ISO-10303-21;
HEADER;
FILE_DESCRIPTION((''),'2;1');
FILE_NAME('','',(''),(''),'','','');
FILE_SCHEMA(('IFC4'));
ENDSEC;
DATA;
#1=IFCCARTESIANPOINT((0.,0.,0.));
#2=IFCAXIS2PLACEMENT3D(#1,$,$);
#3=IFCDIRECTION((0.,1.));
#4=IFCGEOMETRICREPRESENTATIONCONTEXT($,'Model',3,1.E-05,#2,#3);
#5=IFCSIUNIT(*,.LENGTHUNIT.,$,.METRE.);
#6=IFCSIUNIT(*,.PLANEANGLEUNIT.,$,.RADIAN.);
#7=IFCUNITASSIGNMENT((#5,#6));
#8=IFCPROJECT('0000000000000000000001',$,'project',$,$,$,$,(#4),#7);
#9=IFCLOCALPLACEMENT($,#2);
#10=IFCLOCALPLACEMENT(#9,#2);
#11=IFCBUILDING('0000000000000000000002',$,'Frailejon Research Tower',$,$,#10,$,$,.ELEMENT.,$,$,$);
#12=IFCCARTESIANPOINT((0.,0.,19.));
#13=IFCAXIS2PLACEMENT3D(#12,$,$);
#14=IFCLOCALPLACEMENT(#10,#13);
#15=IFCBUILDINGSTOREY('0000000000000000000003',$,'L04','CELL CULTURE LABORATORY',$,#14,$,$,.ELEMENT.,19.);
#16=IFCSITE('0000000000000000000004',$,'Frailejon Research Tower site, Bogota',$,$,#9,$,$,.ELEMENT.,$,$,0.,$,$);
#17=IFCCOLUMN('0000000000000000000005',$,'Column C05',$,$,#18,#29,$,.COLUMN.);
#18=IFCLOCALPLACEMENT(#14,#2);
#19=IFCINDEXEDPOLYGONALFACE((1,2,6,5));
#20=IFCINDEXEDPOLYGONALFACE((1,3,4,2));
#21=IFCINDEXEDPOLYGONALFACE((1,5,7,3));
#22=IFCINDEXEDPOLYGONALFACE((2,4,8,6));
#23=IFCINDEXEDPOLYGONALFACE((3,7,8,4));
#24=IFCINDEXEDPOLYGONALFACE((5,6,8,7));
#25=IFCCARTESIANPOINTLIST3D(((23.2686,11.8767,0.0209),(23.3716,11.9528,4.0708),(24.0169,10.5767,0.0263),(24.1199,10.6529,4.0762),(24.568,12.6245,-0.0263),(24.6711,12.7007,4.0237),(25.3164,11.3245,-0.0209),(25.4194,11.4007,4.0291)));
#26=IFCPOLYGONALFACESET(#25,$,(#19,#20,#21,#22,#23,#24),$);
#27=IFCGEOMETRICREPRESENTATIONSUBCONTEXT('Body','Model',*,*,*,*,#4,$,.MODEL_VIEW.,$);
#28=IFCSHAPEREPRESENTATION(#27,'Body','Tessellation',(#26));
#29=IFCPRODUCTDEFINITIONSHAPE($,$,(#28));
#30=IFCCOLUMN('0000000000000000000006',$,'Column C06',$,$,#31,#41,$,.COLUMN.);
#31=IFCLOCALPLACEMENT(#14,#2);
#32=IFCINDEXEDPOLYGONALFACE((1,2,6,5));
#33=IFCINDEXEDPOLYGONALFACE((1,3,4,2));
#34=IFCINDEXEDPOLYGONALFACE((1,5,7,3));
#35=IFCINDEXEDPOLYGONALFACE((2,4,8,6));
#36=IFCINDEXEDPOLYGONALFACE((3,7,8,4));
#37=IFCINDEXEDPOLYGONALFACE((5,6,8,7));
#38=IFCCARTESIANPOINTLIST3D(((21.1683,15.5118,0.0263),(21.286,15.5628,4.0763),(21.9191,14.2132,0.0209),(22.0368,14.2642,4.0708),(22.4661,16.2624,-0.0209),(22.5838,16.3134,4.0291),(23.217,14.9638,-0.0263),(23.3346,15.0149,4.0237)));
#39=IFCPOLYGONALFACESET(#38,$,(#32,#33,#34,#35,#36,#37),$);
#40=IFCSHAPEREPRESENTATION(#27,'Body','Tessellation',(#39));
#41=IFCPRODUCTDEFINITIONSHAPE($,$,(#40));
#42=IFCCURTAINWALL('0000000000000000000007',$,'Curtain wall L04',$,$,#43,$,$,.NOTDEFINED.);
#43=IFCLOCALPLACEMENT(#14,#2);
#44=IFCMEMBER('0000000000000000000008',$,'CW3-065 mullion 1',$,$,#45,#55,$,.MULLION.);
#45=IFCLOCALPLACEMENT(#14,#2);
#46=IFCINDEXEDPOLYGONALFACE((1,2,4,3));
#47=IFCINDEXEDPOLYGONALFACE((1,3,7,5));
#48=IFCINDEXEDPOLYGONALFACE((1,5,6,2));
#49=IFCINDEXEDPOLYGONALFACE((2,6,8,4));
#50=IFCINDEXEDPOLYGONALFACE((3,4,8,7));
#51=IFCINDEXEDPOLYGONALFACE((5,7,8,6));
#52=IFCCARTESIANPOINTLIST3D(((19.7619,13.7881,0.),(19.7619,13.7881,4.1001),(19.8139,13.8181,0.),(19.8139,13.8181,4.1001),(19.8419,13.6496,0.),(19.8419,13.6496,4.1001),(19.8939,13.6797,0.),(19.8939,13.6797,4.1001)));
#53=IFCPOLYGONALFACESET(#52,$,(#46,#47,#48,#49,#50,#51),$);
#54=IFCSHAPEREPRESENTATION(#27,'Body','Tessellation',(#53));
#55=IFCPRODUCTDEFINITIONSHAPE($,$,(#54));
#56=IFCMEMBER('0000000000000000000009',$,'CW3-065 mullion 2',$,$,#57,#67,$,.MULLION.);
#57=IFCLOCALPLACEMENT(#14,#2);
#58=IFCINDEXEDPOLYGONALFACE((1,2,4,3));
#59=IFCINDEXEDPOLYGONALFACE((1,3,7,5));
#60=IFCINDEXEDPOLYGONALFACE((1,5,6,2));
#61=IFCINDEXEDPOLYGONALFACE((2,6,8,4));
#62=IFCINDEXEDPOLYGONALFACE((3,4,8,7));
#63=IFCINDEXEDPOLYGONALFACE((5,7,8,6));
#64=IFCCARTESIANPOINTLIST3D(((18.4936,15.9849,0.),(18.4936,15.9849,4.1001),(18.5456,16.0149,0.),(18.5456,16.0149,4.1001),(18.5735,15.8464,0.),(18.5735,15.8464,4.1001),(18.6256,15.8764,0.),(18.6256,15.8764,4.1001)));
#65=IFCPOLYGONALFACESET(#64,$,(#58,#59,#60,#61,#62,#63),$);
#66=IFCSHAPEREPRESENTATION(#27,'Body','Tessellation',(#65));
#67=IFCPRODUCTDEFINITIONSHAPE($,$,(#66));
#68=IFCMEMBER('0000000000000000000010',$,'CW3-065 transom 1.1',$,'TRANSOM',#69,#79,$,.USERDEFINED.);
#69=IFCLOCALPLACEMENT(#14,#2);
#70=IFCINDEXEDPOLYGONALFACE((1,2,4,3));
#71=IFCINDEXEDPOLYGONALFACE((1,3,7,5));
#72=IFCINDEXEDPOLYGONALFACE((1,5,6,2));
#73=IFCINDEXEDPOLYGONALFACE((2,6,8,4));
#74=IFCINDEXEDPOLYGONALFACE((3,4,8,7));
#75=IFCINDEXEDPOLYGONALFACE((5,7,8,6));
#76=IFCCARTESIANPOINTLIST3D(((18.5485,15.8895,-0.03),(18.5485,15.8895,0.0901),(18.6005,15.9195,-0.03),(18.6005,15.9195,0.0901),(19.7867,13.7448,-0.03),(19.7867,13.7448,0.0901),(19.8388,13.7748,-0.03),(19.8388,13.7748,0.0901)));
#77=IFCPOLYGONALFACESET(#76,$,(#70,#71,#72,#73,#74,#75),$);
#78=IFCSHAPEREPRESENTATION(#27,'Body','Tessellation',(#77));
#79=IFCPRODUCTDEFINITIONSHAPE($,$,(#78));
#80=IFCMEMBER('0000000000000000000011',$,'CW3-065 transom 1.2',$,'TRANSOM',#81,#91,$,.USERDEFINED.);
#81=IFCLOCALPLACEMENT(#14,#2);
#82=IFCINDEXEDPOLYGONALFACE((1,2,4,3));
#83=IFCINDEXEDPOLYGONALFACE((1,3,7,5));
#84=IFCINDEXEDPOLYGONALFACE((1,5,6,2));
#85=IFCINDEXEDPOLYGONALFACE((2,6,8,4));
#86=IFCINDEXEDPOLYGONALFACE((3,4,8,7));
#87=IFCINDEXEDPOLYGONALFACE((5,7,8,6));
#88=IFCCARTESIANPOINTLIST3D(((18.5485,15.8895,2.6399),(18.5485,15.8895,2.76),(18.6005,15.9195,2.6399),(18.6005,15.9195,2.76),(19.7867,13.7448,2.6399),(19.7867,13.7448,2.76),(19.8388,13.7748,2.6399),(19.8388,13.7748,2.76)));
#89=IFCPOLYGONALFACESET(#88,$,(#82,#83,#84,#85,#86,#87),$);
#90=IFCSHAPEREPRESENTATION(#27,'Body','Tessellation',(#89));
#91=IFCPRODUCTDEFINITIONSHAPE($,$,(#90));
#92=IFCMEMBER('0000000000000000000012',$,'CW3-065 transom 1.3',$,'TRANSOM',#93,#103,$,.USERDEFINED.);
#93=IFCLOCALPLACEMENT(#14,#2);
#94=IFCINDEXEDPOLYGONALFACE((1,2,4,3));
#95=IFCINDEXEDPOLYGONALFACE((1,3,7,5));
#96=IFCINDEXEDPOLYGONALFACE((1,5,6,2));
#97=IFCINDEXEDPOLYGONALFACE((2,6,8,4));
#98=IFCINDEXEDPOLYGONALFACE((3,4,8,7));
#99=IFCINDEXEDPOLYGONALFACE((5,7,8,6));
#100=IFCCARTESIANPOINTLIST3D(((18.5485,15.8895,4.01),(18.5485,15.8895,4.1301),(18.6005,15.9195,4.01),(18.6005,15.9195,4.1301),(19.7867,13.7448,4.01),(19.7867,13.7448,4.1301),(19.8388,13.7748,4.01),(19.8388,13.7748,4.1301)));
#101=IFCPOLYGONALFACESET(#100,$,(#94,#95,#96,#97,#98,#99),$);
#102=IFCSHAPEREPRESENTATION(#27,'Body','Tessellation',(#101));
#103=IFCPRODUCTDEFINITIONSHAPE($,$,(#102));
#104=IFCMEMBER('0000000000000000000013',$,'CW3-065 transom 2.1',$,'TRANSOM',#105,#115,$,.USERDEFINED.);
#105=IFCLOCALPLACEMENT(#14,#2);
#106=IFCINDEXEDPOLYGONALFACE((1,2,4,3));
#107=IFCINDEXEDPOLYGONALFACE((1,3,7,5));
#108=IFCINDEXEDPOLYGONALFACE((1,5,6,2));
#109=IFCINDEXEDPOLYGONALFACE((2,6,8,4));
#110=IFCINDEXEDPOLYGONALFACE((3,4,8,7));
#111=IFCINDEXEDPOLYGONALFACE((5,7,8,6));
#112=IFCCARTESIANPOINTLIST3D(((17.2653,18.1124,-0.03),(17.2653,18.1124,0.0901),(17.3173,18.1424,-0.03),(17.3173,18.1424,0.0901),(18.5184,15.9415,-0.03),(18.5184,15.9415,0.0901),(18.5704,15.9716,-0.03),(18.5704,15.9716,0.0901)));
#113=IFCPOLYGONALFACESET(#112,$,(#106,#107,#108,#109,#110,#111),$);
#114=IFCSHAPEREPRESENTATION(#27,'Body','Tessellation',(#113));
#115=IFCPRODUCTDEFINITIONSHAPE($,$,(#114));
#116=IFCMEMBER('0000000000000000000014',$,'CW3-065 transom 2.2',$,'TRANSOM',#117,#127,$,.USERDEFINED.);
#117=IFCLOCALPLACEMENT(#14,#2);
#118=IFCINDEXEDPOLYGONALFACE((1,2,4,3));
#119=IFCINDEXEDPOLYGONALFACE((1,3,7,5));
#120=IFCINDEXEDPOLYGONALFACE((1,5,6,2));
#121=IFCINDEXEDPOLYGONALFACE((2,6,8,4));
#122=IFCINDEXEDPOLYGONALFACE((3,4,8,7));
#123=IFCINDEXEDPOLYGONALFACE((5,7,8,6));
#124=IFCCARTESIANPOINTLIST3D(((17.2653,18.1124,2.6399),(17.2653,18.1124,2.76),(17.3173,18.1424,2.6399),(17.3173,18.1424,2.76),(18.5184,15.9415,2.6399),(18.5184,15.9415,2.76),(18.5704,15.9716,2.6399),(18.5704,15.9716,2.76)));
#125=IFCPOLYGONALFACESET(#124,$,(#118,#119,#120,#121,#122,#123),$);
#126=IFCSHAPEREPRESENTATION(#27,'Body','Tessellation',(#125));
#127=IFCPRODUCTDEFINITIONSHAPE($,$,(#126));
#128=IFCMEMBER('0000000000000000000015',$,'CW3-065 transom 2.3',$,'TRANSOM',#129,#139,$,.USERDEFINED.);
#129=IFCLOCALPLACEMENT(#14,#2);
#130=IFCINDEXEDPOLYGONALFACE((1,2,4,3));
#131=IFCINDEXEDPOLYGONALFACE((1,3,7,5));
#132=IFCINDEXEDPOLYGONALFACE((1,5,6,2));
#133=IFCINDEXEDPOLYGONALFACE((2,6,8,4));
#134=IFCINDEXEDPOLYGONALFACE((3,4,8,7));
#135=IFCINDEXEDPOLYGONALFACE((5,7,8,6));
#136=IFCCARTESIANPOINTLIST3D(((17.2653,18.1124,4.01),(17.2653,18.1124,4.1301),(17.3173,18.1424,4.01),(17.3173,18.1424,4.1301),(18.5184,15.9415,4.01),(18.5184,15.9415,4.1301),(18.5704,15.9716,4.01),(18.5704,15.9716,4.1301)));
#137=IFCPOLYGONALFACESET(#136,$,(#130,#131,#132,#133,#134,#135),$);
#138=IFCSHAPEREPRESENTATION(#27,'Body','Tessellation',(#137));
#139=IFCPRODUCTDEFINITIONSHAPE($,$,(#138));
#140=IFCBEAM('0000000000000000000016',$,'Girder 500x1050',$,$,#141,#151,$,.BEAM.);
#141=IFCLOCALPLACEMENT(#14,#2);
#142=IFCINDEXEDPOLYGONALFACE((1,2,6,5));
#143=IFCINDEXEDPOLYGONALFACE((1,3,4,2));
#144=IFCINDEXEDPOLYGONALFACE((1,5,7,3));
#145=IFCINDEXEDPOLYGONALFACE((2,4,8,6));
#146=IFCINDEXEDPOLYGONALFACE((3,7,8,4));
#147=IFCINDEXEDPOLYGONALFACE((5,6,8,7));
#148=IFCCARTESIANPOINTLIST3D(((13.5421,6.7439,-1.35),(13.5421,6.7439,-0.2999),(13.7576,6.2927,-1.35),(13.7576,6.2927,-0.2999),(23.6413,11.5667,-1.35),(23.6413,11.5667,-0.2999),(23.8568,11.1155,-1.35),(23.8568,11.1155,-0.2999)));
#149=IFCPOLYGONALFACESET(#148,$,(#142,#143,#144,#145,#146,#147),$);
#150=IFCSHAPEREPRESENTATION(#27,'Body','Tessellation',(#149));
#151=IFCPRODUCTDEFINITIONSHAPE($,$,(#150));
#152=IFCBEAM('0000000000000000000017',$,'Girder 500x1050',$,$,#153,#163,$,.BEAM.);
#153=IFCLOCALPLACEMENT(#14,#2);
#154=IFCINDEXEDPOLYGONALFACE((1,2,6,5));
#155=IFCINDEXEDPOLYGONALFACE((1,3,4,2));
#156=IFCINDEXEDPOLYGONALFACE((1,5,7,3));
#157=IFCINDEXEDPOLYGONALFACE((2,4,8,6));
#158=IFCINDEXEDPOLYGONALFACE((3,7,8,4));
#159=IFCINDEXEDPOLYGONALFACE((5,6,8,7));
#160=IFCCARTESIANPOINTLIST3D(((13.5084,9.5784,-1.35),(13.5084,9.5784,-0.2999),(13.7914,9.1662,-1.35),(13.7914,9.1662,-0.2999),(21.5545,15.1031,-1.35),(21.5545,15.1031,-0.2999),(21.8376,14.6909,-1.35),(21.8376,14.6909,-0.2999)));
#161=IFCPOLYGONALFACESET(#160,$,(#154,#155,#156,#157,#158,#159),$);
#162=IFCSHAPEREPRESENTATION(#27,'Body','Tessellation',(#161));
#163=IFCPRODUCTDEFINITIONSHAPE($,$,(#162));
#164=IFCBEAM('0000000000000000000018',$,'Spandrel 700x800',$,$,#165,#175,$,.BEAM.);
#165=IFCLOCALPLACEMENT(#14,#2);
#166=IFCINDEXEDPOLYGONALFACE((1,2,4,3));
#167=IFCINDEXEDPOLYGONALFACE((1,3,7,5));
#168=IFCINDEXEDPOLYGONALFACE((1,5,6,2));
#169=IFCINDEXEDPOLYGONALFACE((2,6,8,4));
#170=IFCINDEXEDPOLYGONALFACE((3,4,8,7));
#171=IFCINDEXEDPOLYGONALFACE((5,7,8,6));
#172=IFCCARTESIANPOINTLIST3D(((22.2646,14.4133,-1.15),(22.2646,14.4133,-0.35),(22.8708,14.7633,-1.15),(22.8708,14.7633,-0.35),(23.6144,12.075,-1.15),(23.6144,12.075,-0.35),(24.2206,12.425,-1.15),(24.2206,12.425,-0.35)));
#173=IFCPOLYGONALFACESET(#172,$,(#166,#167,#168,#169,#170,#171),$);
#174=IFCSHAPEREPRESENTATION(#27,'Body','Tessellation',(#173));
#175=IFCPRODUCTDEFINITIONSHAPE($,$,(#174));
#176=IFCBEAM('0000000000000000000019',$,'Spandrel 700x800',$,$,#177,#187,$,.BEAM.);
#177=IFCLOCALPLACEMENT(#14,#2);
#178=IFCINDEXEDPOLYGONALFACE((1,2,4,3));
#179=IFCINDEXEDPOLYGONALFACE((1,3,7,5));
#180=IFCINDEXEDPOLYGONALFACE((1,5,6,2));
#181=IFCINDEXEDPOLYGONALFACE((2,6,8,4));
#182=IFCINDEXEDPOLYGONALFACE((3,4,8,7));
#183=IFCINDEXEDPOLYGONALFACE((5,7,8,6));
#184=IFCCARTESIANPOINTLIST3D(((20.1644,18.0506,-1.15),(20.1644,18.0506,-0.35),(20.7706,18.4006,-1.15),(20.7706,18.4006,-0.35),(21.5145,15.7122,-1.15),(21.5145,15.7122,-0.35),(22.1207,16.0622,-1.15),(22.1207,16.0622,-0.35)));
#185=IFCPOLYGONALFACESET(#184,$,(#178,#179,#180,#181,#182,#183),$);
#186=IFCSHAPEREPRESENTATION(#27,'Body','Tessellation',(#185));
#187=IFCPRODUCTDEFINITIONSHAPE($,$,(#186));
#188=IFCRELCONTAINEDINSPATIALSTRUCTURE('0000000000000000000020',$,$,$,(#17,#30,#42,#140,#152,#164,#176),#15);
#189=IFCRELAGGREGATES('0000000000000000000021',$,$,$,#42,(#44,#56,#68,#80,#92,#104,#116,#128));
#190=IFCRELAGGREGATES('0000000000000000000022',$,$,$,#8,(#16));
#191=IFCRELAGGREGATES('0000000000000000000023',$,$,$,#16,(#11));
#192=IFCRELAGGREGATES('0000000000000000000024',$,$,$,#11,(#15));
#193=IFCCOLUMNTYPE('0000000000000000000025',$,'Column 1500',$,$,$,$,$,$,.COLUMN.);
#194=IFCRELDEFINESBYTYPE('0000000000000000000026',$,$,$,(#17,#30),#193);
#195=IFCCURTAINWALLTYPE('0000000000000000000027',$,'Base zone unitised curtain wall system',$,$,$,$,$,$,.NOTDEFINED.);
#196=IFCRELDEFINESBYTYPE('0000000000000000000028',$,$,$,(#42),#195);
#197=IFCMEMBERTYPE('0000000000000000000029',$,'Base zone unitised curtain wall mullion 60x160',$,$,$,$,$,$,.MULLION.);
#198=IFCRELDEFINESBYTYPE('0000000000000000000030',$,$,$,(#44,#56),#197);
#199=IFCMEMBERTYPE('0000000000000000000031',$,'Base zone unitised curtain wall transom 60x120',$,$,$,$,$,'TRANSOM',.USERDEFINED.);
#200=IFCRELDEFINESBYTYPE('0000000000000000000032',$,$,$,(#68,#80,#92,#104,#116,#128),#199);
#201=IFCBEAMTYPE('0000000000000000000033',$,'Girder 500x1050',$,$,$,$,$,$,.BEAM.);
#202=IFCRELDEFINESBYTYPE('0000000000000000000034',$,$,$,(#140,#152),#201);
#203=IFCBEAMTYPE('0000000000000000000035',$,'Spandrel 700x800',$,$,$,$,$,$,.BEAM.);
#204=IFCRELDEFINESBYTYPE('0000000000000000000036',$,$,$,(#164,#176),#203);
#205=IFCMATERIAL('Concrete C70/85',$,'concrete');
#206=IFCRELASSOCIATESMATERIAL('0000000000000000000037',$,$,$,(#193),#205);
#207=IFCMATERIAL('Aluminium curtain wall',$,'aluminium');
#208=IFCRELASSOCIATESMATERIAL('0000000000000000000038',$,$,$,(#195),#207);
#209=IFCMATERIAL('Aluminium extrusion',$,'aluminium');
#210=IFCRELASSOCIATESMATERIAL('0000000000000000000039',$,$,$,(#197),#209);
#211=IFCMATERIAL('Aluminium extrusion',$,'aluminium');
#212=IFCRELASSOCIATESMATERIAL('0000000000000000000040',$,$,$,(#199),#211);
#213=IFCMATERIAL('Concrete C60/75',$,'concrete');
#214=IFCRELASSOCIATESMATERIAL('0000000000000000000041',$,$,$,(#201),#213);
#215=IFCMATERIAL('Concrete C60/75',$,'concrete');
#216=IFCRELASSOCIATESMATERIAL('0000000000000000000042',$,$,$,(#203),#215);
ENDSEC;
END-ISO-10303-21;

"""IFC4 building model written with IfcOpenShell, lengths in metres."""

from ifc_helpers import new_model, si_unit, direction, frame, origin, origin_2d, place, context, subcontext, project, spatial, rectangle, extrude, material, material_profile, profile_set, type_object, element, aggregate, save


model = new_model("IFC4")

# Units and contexts
model_context = context("Model", 3, precision=1e-05, world=origin(), true_north=direction((0.0, 1.0)))
body_context = subcontext(model_context, "Body", "Model", "MODEL_VIEW")
ifc_project = project(units=[si_unit("LENGTHUNIT", "METRE"), si_unit("PLANEANGLEUNIT", "RADIAN")], contexts=[model_context])

# Site, building, storey
site_placement = place(None, origin())
site = spatial("IfcSite", under=ifc_project, at=site_placement, Name="Frailejon Research Tower site, Bogota", CompositionType="ELEMENT", RefElevation=0.0)
building_placement = place(site_placement, origin())
building = spatial("IfcBuilding", under=site, at=building_placement, Name="Frailejon Research Tower", CompositionType="ELEMENT")
storey_placement = place(building_placement, frame((0.0, 0.0, 19.0)))
storey = spatial("IfcBuildingStorey", under=building, at=storey_placement, Name="L04", Description="CELL CULTURE LABORATORY", CompositionType="ELEMENT", Elevation=19.0)

# Columns
ifc_material_1 = material(Name="Concrete C70/85", Category="concrete")
ifc_material_profile_1 = material_profile(ifc_material_1, rectangle(XDim=1.5, YDim=1.5, at=origin_2d()), Name="Column 1500")
ifc_profile_set_1 = profile_set([ifc_material_profile_1], Name="Concrete C70/85")
column_type = type_object("IfcColumnType", Name="Column 1500", PredefinedType="COLUMN", material=ifc_profile_set_1)
for number, where, z_axis, x_axis, name in (
    (1, (24.2925, 11.6006, 0.0), (0.025426, 0.018798, 0.9995), (-0.498883, 0.866662, -0.003609), "Column C05"),
    (2, (22.1926, 15.2378, 0.0), (0.029041, 0.012592, 0.999499), (-0.500555, 0.865697, 0.003637), "Column C06"),
):
    element("IfcColumn", number, at=place(storey_placement, frame(where, z_axis=z_axis, x_axis=x_axis)), inside=storey, type_object=column_type, Name=name, PredefinedType="COLUMN", context=body_context, shape_type="SweptSolid", body=[
        extrude(rectangle(XDim=1.5, YDim=1.5, at=origin_2d()), origin(), (0.0, 0.0, 1.0), 4.052),
    ])

# Curtain wall, members
ifc_material_2 = material(Name="Aluminium curtain wall", Category="aluminium")
curtain_wall_type = type_object("IfcCurtainWallType", Name="Base zone unitised curtain wall system", PredefinedType="NOTDEFINED", material=ifc_material_2)
curtain_wall_placement = place(storey_placement, origin())
curtain_wall = element("IfcCurtainWall", 3, at=curtain_wall_placement, inside=storey, type_object=curtain_wall_type, Name="Curtain wall L04", PredefinedType="NOTDEFINED")
ifc_material_3 = material(Name="Aluminium extrusion", Category="aluminium")
ifc_material_profile_2 = material_profile(ifc_material_3, rectangle(XDim=0.0601, YDim=0.1599, at=origin_2d()), Name="Base zone unitised curtain wall mullion 60x160")
ifc_profile_set_2 = profile_set([ifc_material_profile_2], Name="Aluminium extrusion")
member_type_1 = type_object("IfcMemberType", Name="Base zone unitised curtain wall mullion 60x160", PredefinedType="MULLION", material=ifc_profile_set_2)
member_1_placement = place(storey_placement, frame((19.8279, 13.7339, 0.0), z_axis=(0.0, 0.0, 1.0), x_axis=(-0.866028, -0.499996, 0.0)))
member_1 = element("IfcMember", 4, at=member_1_placement, type_object=member_type_1, Name="CW3-065 mullion 1", PredefinedType="MULLION", context=body_context, shape_type="SweptSolid", body=[
    extrude(rectangle(XDim=0.0601, YDim=0.1599, at=origin_2d()), origin(), (0.0, 0.0, 1.0), 4.1001),
])
member_2_placement = place(storey_placement, frame((18.5596, 15.9307, 0.0), z_axis=(0.0, 0.0, 1.0), x_axis=(-0.866028, -0.499996, 0.0)))
member_2 = element("IfcMember", 5, at=member_2_placement, type_object=member_type_1, Name="CW3-065 mullion 2", PredefinedType="MULLION", context=body_context, shape_type="SweptSolid", body=[
    extrude(rectangle(XDim=0.0601, YDim=0.1599, at=origin_2d()), origin(), (0.0, 0.0, 1.0), 4.1001),
])
ifc_material_4 = material(Name="Aluminium extrusion", Category="aluminium")
ifc_material_profile_3 = material_profile(ifc_material_4, rectangle(XDim=0.0601, YDim=0.1201, at=origin_2d()), Name="Base zone unitised curtain wall transom 60x120")
ifc_profile_set_3 = profile_set([ifc_material_profile_3], Name="Aluminium extrusion")
member_type_2 = type_object("IfcMemberType", Name="Base zone unitised curtain wall transom 60x120", ElementType="TRANSOM", PredefinedType="USERDEFINED", material=ifc_profile_set_3)
member_3_placement = place(storey_placement, frame((19.8127, 13.7598, 0.03), z_axis=(-0.499998, 0.866026, 0.0), x_axis=(-0.866026, -0.499998, 0.0)))
member_3 = element("IfcMember", 6, at=member_3_placement, type_object=member_type_2, Name="CW3-065 transom 1.1", ObjectType="TRANSOM", PredefinedType="USERDEFINED", context=body_context, shape_type="SweptSolid", body=[
    extrude(rectangle(XDim=0.0601, YDim=0.1201, at=origin_2d()), origin(), (0.0, 0.0, 1.0), 2.4766),
])
member_4_placement = place(storey_placement, frame((19.8127, 13.7598, 2.7), z_axis=(-0.499998, 0.866026, 0.0), x_axis=(-0.866026, -0.499998, 0.0)))
member_4 = element("IfcMember", 7, at=member_4_placement, type_object=member_type_2, Name="CW3-065 transom 1.2", ObjectType="TRANSOM", PredefinedType="USERDEFINED", context=body_context, shape_type="SweptSolid", body=[
    extrude(rectangle(XDim=0.0601, YDim=0.1201, at=origin_2d()), origin(), (0.0, 0.0, 1.0), 2.4766),
])
member_5_placement = place(storey_placement, frame((19.8127, 13.7598, 4.0701), z_axis=(-0.499998, 0.866026, 0.0), x_axis=(-0.866026, -0.499998, 0.0)))
member_5 = element("IfcMember", 8, at=member_5_placement, type_object=member_type_2, Name="CW3-065 transom 1.3", ObjectType="TRANSOM", PredefinedType="USERDEFINED", context=body_context, shape_type="SweptSolid", body=[
    extrude(rectangle(XDim=0.0601, YDim=0.1201, at=origin_2d()), origin(), (0.0, 0.0, 1.0), 2.4766),
])
member_6_placement = place(storey_placement, frame((18.5444, 15.9565, 0.03), z_axis=(-0.499942, 0.866059, 0.0), x_axis=(-0.866059, -0.499942, 0.0)))
member_6 = element("IfcMember", 9, at=member_6_placement, type_object=member_type_2, Name="CW3-065 transom 2.1", ObjectType="TRANSOM", PredefinedType="USERDEFINED", context=body_context, shape_type="SweptSolid", body=[
    extrude(rectangle(XDim=0.0601, YDim=0.1201, at=origin_2d()), origin(), (0.0, 0.0, 1.0), 2.5066),
])
member_7_placement = place(storey_placement, frame((18.5444, 15.9565, 2.7), z_axis=(-0.499942, 0.866059, 0.0), x_axis=(-0.866059, -0.499942, 0.0)))
member_7 = element("IfcMember", 10, at=member_7_placement, type_object=member_type_2, Name="CW3-065 transom 2.2", ObjectType="TRANSOM", PredefinedType="USERDEFINED", context=body_context, shape_type="SweptSolid", body=[
    extrude(rectangle(XDim=0.0601, YDim=0.1201, at=origin_2d()), origin(), (0.0, 0.0, 1.0), 2.5066),
])
member_8_placement = place(storey_placement, frame((18.5444, 15.9565, 4.0701), z_axis=(-0.499942, 0.866059, 0.0), x_axis=(-0.866059, -0.499942, 0.0)))
member_8 = element("IfcMember", 11, at=member_8_placement, type_object=member_type_2, Name="CW3-065 transom 2.3", ObjectType="TRANSOM", PredefinedType="USERDEFINED", context=body_context, shape_type="SweptSolid", body=[
    extrude(rectangle(XDim=0.0601, YDim=0.1201, at=origin_2d()), origin(), (0.0, 0.0, 1.0), 2.5066),
])

# Beams
ifc_material_5 = material(Name="Concrete C60/75", Category="concrete")
ifc_material_profile_4 = material_profile(ifc_material_5, rectangle(XDim=0.5, YDim=1.05, at=origin_2d()), Name="Girder 500x1050")
ifc_profile_set_4 = profile_set([ifc_material_profile_4], Name="Concrete C60/75")
beam_type_1 = type_object("IfcBeamType", Name="Girder 500x1050", PredefinedType="BEAM", material=ifc_profile_set_4)
beam_1_placement = place(storey_placement, frame((23.749, 11.3411, -0.825), z_axis=(-0.902387, -0.430927, 0.0), x_axis=(0.430927, -0.902387, 0.0)))
element("IfcBeam", 12, at=beam_1_placement, inside=storey, type_object=beam_type_1, Name="Girder 500x1050", PredefinedType="BEAM", context=body_context, shape_type="SweptSolid", body=[
    extrude(rectangle(XDim=0.5, YDim=1.05, at=origin_2d()), origin(), (0.0, 0.0, 1.0), 11.1917),
])
beam_2_placement = place(storey_placement, frame((21.696, 14.897, -0.825), z_axis=(-0.82438, -0.566037, 0.0), x_axis=(0.566037, -0.82438, 0.0)))
element("IfcBeam", 13, at=beam_2_placement, inside=storey, type_object=beam_type_1, Name="Girder 500x1050", PredefinedType="BEAM", context=body_context, shape_type="SweptSolid", body=[
    extrude(rectangle(XDim=0.5, YDim=1.05, at=origin_2d()), origin(), (0.0, 0.0, 1.0), 9.7603),
])
ifc_material_6 = material(Name="Concrete C60/75", Category="concrete")
ifc_material_profile_5 = material_profile(ifc_material_6, rectangle(XDim=0.7, YDim=0.8, at=origin_2d()), Name="Spandrel 700x800")
ifc_profile_set_5 = profile_set([ifc_material_profile_5], Name="Concrete C60/75")
beam_type_2 = type_object("IfcBeamType", Name="Spandrel 700x800", PredefinedType="BEAM", material=ifc_profile_set_5)
beam_3_placement = place(storey_placement, frame((23.9175, 12.25, -0.75), z_axis=(-0.499942, 0.866059, 0.0), x_axis=(-0.866059, -0.499942, 0.0)))
element("IfcBeam", 14, at=beam_3_placement, inside=storey, type_object=beam_type_2, Name="Spandrel 700x800", PredefinedType="BEAM", context=body_context, shape_type="SweptSolid", body=[
    extrude(rectangle(XDim=0.7, YDim=0.8, at=origin_2d()), origin(), (0.0, 0.0, 1.0), 2.7),
])
beam_4_placement = place(storey_placement, frame((21.8176, 15.8872, -0.75), z_axis=(-0.500009, 0.86602, 0.0), x_axis=(-0.86602, -0.500009, 0.0)))
element("IfcBeam", 15, at=beam_4_placement, inside=storey, type_object=beam_type_2, Name="Spandrel 700x800", PredefinedType="BEAM", context=body_context, shape_type="SweptSolid", body=[
    extrude(rectangle(XDim=0.7, YDim=0.8, at=origin_2d()), origin(), (0.0, 0.0, 1.0), 2.7002),
])

aggregate(curtain_wall, [member_1, member_2, member_3, member_4, member_5, member_6, member_7, member_8])

save(model, "model.ifc")
